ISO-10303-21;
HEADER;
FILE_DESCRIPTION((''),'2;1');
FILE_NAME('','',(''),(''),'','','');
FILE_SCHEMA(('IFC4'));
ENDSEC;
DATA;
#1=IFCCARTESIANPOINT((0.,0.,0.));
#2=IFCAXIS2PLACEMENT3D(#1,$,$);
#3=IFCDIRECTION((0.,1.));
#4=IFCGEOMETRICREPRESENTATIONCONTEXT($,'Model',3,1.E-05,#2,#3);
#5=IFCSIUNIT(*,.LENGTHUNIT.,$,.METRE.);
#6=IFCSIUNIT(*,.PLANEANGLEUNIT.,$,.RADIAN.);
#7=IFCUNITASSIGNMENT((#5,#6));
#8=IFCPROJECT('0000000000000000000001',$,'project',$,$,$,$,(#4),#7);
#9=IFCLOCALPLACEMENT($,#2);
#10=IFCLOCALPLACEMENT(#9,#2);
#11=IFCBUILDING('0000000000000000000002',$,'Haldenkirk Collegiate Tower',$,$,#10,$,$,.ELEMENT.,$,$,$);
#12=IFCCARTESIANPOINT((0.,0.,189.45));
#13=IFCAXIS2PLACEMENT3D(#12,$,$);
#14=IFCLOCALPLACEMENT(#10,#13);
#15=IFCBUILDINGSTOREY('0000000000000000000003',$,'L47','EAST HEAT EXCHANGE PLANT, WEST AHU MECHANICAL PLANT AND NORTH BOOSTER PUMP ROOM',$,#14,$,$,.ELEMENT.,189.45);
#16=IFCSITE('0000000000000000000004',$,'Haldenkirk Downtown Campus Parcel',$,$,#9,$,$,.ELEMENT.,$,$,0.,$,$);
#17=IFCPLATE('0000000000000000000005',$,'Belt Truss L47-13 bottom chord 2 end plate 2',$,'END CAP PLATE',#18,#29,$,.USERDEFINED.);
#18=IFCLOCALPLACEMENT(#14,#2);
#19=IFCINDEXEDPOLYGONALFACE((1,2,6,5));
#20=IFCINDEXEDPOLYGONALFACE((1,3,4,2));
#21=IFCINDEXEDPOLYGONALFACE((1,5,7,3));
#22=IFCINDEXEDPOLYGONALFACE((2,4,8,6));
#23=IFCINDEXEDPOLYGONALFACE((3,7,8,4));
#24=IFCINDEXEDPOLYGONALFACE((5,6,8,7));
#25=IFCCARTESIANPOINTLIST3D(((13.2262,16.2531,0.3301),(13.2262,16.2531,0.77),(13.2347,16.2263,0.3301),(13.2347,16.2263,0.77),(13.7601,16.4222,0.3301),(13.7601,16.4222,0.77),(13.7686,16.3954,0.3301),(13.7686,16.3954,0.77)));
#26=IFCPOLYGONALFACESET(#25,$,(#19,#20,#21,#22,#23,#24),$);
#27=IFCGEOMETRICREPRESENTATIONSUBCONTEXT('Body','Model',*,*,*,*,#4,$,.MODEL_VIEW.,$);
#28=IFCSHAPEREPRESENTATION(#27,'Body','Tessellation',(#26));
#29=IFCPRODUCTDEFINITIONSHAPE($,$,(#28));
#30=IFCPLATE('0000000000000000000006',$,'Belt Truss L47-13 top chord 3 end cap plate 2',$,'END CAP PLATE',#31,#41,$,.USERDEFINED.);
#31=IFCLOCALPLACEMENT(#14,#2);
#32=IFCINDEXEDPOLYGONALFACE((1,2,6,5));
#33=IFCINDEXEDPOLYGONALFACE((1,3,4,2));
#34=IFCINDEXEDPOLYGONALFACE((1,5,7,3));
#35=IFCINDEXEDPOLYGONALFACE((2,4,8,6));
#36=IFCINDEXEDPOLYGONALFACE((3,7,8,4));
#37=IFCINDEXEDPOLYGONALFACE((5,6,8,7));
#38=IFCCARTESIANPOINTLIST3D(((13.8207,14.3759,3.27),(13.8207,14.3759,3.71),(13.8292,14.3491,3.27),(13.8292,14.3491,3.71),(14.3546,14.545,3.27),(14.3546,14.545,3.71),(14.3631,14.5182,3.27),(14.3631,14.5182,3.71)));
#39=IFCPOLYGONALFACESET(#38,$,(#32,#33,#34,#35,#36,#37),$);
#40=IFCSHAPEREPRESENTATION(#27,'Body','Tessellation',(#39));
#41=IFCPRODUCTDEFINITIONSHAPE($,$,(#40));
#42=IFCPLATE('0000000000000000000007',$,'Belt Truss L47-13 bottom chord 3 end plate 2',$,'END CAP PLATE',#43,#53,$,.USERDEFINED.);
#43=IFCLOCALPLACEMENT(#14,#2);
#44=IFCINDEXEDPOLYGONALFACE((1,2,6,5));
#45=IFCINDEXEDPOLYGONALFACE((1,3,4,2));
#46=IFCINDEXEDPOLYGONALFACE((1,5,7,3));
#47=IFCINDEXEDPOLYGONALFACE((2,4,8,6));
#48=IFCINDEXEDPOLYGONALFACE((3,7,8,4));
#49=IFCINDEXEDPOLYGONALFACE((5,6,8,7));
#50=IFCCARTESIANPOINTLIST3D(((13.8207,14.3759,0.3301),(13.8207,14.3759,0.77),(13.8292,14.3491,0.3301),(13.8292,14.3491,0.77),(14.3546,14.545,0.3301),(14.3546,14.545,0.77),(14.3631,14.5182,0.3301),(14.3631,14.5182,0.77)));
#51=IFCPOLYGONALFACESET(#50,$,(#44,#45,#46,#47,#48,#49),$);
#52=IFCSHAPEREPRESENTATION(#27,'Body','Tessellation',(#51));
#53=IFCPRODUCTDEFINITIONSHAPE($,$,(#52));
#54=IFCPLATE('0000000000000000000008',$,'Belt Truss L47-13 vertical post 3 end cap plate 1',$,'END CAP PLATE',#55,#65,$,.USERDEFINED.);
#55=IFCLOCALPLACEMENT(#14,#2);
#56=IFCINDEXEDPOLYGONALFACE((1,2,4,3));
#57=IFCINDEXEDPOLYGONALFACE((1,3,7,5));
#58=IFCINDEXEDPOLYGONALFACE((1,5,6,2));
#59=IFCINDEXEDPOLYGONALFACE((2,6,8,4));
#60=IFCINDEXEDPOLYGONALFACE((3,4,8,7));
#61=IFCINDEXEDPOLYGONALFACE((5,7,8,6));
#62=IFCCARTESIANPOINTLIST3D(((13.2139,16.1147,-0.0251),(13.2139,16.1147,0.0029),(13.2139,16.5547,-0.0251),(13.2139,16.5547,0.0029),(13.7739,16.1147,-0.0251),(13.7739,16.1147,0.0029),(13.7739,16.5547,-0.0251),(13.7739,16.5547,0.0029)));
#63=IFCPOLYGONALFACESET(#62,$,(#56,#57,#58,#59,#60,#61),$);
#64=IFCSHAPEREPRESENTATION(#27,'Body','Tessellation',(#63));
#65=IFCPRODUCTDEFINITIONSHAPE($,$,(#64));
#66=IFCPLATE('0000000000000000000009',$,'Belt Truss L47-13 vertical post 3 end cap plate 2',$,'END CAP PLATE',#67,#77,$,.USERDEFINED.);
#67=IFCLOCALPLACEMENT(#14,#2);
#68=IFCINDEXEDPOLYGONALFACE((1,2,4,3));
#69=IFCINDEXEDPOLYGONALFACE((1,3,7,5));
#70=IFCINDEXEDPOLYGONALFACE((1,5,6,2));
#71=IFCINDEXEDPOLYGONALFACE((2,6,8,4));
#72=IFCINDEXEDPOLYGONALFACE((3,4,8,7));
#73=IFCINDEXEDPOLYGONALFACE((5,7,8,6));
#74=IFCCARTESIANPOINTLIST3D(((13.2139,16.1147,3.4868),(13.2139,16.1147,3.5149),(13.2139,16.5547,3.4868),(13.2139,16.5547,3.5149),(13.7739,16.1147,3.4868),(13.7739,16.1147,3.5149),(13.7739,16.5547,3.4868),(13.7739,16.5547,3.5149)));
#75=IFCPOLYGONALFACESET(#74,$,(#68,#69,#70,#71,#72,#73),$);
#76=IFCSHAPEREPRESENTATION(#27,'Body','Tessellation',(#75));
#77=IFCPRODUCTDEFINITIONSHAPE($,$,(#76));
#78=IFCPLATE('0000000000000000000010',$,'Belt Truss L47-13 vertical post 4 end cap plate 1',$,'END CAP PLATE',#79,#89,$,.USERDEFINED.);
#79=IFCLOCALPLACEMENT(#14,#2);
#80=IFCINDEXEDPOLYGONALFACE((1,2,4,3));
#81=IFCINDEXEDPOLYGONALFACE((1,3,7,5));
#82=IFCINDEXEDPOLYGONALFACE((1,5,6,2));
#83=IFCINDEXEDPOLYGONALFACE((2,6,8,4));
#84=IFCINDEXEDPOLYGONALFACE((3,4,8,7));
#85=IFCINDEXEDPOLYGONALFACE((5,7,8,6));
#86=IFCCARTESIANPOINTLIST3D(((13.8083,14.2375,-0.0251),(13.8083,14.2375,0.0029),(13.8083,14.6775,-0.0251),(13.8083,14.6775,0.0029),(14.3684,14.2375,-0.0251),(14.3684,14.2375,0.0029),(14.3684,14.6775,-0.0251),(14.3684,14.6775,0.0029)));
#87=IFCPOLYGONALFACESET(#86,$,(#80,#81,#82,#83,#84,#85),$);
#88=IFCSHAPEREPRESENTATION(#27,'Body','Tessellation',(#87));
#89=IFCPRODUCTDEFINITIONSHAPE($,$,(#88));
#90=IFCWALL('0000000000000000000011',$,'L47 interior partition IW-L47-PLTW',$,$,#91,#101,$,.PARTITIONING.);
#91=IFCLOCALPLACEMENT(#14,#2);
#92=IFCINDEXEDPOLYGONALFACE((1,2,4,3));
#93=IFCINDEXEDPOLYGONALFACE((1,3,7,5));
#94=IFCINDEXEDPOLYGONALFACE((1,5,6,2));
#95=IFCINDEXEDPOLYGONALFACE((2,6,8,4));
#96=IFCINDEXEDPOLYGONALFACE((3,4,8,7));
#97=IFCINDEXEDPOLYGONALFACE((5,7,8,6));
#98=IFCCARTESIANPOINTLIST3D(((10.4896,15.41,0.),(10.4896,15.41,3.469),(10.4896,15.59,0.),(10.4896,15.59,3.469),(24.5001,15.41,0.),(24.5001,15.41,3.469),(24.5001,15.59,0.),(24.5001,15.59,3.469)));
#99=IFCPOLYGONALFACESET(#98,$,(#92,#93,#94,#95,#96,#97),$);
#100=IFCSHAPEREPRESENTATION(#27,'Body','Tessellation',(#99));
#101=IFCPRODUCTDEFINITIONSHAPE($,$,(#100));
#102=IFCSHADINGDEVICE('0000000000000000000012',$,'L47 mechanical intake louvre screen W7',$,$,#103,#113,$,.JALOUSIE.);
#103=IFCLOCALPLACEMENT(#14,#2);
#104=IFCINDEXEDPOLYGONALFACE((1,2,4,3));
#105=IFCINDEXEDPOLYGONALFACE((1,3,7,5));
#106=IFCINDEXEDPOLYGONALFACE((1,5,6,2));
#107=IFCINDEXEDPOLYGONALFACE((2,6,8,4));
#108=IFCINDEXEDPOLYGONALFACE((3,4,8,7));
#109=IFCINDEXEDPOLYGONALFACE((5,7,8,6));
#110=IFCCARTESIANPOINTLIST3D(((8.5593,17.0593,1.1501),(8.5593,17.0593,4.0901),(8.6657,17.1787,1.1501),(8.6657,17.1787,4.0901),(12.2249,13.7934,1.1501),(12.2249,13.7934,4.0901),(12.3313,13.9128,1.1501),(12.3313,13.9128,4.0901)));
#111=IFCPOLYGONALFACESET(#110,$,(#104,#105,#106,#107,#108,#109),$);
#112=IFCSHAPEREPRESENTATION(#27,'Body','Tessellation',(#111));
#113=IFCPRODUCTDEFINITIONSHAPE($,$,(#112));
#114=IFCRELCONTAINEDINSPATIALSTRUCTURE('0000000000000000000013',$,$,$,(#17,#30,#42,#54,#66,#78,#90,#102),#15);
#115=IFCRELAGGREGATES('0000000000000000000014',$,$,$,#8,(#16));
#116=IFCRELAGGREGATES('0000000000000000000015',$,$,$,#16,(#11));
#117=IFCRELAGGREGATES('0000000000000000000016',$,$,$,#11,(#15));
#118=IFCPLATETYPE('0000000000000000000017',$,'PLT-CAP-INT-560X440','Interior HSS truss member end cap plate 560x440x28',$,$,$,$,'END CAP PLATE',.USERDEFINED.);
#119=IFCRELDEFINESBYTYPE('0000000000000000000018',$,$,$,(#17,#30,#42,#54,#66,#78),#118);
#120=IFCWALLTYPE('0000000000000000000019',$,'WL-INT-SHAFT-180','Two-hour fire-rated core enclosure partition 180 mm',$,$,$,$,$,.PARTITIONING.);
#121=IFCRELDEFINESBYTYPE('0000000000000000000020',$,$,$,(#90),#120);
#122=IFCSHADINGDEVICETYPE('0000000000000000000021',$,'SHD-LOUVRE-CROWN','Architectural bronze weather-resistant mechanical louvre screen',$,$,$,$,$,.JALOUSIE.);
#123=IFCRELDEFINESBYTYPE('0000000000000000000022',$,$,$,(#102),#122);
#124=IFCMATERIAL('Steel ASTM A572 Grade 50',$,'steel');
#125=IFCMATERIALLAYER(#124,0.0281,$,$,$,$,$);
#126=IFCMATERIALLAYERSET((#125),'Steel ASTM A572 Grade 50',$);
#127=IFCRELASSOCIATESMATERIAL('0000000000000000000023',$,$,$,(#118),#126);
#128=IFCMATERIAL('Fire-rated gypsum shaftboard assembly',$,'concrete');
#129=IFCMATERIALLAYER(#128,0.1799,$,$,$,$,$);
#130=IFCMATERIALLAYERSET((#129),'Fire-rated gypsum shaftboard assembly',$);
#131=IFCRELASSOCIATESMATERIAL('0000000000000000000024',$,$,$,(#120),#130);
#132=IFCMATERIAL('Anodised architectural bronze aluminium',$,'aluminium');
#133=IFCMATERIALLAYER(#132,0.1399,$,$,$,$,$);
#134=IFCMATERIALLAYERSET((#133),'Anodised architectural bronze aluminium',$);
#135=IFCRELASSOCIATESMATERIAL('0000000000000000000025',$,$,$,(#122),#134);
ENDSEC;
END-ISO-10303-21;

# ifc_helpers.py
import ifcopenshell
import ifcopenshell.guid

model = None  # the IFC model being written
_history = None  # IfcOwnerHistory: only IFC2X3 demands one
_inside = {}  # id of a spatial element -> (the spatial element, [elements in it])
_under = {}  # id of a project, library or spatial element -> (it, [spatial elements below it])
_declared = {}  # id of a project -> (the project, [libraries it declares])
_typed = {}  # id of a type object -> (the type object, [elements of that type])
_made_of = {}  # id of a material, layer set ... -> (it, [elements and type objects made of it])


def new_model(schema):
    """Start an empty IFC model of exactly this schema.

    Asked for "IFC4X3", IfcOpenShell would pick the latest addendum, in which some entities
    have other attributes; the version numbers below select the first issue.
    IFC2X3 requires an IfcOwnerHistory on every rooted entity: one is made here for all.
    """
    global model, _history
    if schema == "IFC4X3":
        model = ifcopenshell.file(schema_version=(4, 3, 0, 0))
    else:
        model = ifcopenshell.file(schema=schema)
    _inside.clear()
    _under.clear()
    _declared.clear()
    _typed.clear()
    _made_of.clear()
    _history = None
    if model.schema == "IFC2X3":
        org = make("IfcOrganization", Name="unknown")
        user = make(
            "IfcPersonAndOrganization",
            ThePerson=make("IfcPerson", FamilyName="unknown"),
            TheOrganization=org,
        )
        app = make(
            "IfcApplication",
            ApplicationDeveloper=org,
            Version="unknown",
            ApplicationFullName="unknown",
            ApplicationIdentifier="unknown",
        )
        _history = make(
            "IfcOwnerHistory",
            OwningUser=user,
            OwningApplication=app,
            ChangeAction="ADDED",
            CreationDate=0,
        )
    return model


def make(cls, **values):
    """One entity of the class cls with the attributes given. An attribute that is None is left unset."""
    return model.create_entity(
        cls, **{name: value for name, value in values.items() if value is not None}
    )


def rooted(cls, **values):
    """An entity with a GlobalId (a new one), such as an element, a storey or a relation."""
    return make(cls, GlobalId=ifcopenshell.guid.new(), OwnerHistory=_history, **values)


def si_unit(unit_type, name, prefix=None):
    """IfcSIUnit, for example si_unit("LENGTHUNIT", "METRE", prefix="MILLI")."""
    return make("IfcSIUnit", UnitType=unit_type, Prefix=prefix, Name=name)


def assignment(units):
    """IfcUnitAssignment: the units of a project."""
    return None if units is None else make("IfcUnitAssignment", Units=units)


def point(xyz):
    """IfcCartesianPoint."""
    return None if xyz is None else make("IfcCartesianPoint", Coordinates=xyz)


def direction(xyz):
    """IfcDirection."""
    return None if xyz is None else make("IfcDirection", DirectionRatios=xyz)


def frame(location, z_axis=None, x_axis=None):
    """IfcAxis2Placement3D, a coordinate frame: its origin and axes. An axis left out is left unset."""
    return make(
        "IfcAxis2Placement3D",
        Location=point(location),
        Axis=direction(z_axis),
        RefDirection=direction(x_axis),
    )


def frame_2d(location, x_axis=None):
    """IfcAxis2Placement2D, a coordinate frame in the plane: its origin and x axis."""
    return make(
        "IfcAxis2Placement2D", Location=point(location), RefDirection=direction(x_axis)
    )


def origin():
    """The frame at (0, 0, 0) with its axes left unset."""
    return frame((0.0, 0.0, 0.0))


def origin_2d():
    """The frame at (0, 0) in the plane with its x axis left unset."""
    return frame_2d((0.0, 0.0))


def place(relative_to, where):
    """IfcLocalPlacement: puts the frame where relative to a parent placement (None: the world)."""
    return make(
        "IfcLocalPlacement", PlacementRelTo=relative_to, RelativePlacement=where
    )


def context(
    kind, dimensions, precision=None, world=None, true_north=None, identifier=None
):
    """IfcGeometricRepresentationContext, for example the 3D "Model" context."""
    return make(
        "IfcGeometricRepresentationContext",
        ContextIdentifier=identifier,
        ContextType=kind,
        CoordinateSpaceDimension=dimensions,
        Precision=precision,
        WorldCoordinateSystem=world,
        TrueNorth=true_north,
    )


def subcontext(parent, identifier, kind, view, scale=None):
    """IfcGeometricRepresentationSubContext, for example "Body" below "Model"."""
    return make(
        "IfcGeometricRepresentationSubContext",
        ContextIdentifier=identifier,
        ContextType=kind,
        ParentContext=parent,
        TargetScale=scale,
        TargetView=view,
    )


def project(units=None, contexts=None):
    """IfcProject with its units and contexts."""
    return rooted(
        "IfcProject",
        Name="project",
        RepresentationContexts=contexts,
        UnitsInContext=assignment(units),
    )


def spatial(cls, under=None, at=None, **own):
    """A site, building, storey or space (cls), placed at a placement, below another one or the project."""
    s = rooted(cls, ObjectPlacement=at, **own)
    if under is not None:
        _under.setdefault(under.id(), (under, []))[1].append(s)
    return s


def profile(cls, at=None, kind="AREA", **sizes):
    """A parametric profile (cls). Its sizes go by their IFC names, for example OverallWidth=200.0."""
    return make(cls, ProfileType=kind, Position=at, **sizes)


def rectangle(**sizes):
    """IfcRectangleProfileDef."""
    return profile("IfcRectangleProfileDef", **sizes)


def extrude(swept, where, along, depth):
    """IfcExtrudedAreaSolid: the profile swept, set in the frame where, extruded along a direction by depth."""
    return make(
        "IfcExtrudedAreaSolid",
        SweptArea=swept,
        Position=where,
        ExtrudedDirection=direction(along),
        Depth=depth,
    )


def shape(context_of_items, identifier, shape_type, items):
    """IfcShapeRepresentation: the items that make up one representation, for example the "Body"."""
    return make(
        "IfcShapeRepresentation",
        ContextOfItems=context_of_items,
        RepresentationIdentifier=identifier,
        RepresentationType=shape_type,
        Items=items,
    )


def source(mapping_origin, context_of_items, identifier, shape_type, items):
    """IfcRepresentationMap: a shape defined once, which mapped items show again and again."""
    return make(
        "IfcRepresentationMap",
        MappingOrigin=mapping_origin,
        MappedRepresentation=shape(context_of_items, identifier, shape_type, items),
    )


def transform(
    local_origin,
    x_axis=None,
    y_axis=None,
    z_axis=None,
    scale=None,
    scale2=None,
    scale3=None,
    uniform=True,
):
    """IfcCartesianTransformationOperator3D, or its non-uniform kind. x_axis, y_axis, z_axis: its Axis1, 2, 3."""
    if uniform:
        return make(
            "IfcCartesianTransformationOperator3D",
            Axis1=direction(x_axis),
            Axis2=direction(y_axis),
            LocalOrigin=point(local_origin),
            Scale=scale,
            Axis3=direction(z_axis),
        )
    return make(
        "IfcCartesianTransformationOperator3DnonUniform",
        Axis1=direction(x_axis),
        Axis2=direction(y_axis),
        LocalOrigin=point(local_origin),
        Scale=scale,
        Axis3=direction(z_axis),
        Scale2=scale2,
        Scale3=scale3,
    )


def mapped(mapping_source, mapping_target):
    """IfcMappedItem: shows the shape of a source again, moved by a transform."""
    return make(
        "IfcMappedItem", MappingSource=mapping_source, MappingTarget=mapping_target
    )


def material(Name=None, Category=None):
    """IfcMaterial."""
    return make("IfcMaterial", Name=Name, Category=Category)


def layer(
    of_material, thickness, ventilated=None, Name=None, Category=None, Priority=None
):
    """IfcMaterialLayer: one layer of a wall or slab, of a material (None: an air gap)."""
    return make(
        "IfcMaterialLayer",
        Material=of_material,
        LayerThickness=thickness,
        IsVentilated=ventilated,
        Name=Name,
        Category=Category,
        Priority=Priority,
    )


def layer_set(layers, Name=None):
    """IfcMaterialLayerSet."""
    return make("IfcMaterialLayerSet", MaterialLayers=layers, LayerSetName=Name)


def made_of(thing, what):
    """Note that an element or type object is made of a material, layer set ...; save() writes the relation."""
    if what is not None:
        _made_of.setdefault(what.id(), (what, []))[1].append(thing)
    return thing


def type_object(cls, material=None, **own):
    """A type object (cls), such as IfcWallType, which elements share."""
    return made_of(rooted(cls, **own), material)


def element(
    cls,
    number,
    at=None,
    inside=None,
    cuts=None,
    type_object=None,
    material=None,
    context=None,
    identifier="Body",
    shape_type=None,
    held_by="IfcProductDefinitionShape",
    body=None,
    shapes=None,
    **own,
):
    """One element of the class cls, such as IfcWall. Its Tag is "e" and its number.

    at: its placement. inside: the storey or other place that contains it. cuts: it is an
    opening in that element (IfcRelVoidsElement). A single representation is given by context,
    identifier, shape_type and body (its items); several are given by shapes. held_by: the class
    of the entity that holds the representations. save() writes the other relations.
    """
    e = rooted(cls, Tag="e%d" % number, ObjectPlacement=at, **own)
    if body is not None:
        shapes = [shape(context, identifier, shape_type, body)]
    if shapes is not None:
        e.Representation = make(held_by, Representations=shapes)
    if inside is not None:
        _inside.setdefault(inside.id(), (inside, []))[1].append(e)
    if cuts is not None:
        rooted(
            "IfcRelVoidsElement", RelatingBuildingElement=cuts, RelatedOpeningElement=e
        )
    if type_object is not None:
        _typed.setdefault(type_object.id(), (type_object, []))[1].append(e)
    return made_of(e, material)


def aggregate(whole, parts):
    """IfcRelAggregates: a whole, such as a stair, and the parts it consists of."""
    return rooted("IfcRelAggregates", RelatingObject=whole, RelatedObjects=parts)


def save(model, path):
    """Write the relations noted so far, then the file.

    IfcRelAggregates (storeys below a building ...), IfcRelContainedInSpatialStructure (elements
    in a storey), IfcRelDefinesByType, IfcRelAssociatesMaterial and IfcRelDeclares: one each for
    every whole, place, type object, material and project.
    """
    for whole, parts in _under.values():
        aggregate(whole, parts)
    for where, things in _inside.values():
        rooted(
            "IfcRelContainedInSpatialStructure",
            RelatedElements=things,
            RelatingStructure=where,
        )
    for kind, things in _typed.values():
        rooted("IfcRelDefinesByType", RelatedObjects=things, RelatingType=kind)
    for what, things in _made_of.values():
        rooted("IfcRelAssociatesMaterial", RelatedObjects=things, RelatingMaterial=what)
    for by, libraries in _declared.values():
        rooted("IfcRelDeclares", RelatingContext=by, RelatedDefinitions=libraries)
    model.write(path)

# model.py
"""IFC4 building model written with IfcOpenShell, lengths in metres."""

from ifc_helpers import new_model, si_unit, direction, frame, frame_2d, origin, origin_2d, place, context, subcontext, project, spatial, rectangle, extrude, source, transform, mapped, material, layer, layer_set, type_object, element, save


model = new_model("IFC4")

# Units and contexts
model_context = context("Model", 3, precision=1e-05, world=origin(), true_north=direction((0.0, 1.0)))
body_context = subcontext(model_context, "Body", "Model", "MODEL_VIEW")
ifc_project = project(units=[si_unit("LENGTHUNIT", "METRE"), si_unit("PLANEANGLEUNIT", "RADIAN")], contexts=[model_context])

# Site, building, storey
site_placement = place(None, origin())
site = spatial("IfcSite", under=ifc_project, at=site_placement, Name="Haldenkirk Downtown Campus Parcel", CompositionType="ELEMENT", RefElevation=0.0)
building_placement = place(site_placement, origin())
building = spatial("IfcBuilding", under=site, at=building_placement, Name="Haldenkirk Collegiate Tower", CompositionType="ELEMENT")
storey_placement = place(building_placement, frame((0.0, 0.0, 189.45)))
storey = spatial("IfcBuildingStorey", under=building, at=storey_placement, Name="L47", Description="EAST HEAT EXCHANGE PLANT, WEST AHU MECHANICAL PLANT AND NORTH BOOSTER PUMP ROOM", CompositionType="ELEMENT", Elevation=189.45)

# Shared definitions
ifc_material_1 = material(Name="Steel ASTM A572 Grade 50", Category="steel")

# Plates
ifc_layer_1 = layer(ifc_material_1, 0.0281)
ifc_layer_set_1 = layer_set([ifc_layer_1], Name="Steel ASTM A572 Grade 50")
plate_type = type_object("IfcPlateType", Name="PLT-CAP-INT-560X440", Description="Interior HSS truss member end cap plate 560x440x28", ElementType="END CAP PLATE", PredefinedType="USERDEFINED", material=ifc_layer_set_1)
shared_shape_1 = source(origin(), body_context, "Body", "SweptSolid", [
    extrude(rectangle(XDim=0.5601, YDim=0.4399, at=origin_2d()), origin(), (0.0, 0.0, 1.0), 0.0281),
])
for number, where, z_axis, x_axis, name in (
    (1, (13.4932, 16.3376, 0.55), (0.301944, -0.953326, 0.0), (0.953326, 0.301944, 0.0), "Belt Truss L47-13 bottom chord 2 end plate 2"),
    (2, (14.0876, 14.4604, 3.49), (0.301933, -0.953329, 0.0), (0.953329, 0.301933, 0.0), "Belt Truss L47-13 top chord 3 end cap plate 2"),
    (3, (14.0876, 14.4604, 0.55), (0.301944, -0.953326, 0.0), (0.953326, 0.301944, 0.0), "Belt Truss L47-13 bottom chord 3 end plate 2"),
    (4, (13.4939, 16.3347, 0.0029), (0.0, 0.0, -1.0), (1.0, 0.0, 0.0), "Belt Truss L47-13 vertical post 3 end cap plate 1"),
    (5, (13.4939, 16.3347, 3.4868), (0.0, 0.0, 1.0), (1.0, 0.0, 0.0), "Belt Truss L47-13 vertical post 3 end cap plate 2"),
    (6, (14.0884, 14.4575, 0.0029), (0.0, 0.0, -1.0), (1.0, 0.0, 0.0), "Belt Truss L47-13 vertical post 4 end cap plate 1"),
):
    element("IfcPlate", number, at=place(storey_placement, frame(where, z_axis=z_axis, x_axis=x_axis)), inside=storey, type_object=plate_type, Name=name, ObjectType="END CAP PLATE", PredefinedType="USERDEFINED", context=body_context, shape_type="MappedRepresentation", body=[
        mapped(shared_shape_1, transform((0.0, 0.0, 0.0), x_axis=(1.0, 0.0, 0.0), y_axis=(0.0, 1.0, 0.0), z_axis=(0.0, 0.0, 1.0), scale=1.0)),
    ])

# Wall
ifc_material_2 = material(Name="Fire-rated gypsum shaftboard assembly", Category="concrete")
ifc_layer_2 = layer(ifc_material_2, 0.1799)
ifc_layer_set_2 = layer_set([ifc_layer_2], Name="Fire-rated gypsum shaftboard assembly")
wall_type = type_object("IfcWallType", Name="WL-INT-SHAFT-180", Description="Two-hour fire-rated core enclosure partition 180 mm", PredefinedType="PARTITIONING", material=ifc_layer_set_2)
wall_placement = place(storey_placement, frame((10.4895, 15.5, 0.0), z_axis=(0.0, 0.0, 1.0), x_axis=(1.0, 0.0, 0.0)))
element("IfcWall", 7, at=wall_placement, inside=storey, type_object=wall_type, Name="L47 interior partition IW-L47-PLTW", PredefinedType="PARTITIONING", context=body_context, shape_type="SweptSolid", body=[
    extrude(rectangle(XDim=14.0105, YDim=0.1799, at=frame_2d((7.0054, 0.0))), origin(), (0.0, 0.0, 1.0), 3.469),
])

# Shading device
ifc_material_3 = material(Name="Anodised architectural bronze aluminium", Category="aluminium")
ifc_layer_3 = layer(ifc_material_3, 0.1399)
ifc_layer_set_3 = layer_set([ifc_layer_3], Name="Anodised architectural bronze aluminium")
shading_device_type = type_object("IfcShadingDeviceType", Name="SHD-LOUVRE-CROWN", Description="Architectural bronze weather-resistant mechanical louvre screen", PredefinedType="JALOUSIE", material=ifc_layer_set_3)
shared_shape_2 = source(origin(), body_context, "Body", "SweptSolid", [
    extrude(rectangle(XDim=4.9094, YDim=0.1599, at=origin_2d()), origin(), (0.0, 0.0, 1.0), 2.9399),
])
shading_device_placement = place(storey_placement, frame((10.4453, 15.4861, 1.1501), z_axis=(0.0, 0.0, 1.0), x_axis=(-0.746638, 0.66523, 0.0)))
element("IfcShadingDevice", 8, at=shading_device_placement, inside=storey, type_object=shading_device_type, Name="L47 mechanical intake louvre screen W7", PredefinedType="JALOUSIE", context=body_context, shape_type="MappedRepresentation", body=[
    mapped(shared_shape_2, transform((0.0, 0.0, 0.0), x_axis=(1.0, 0.0, 0.0), y_axis=(0.0, 1.0, 0.0), z_axis=(0.0, 0.0, 1.0), scale=1.0)),
])

save(model, "model.ifc")
